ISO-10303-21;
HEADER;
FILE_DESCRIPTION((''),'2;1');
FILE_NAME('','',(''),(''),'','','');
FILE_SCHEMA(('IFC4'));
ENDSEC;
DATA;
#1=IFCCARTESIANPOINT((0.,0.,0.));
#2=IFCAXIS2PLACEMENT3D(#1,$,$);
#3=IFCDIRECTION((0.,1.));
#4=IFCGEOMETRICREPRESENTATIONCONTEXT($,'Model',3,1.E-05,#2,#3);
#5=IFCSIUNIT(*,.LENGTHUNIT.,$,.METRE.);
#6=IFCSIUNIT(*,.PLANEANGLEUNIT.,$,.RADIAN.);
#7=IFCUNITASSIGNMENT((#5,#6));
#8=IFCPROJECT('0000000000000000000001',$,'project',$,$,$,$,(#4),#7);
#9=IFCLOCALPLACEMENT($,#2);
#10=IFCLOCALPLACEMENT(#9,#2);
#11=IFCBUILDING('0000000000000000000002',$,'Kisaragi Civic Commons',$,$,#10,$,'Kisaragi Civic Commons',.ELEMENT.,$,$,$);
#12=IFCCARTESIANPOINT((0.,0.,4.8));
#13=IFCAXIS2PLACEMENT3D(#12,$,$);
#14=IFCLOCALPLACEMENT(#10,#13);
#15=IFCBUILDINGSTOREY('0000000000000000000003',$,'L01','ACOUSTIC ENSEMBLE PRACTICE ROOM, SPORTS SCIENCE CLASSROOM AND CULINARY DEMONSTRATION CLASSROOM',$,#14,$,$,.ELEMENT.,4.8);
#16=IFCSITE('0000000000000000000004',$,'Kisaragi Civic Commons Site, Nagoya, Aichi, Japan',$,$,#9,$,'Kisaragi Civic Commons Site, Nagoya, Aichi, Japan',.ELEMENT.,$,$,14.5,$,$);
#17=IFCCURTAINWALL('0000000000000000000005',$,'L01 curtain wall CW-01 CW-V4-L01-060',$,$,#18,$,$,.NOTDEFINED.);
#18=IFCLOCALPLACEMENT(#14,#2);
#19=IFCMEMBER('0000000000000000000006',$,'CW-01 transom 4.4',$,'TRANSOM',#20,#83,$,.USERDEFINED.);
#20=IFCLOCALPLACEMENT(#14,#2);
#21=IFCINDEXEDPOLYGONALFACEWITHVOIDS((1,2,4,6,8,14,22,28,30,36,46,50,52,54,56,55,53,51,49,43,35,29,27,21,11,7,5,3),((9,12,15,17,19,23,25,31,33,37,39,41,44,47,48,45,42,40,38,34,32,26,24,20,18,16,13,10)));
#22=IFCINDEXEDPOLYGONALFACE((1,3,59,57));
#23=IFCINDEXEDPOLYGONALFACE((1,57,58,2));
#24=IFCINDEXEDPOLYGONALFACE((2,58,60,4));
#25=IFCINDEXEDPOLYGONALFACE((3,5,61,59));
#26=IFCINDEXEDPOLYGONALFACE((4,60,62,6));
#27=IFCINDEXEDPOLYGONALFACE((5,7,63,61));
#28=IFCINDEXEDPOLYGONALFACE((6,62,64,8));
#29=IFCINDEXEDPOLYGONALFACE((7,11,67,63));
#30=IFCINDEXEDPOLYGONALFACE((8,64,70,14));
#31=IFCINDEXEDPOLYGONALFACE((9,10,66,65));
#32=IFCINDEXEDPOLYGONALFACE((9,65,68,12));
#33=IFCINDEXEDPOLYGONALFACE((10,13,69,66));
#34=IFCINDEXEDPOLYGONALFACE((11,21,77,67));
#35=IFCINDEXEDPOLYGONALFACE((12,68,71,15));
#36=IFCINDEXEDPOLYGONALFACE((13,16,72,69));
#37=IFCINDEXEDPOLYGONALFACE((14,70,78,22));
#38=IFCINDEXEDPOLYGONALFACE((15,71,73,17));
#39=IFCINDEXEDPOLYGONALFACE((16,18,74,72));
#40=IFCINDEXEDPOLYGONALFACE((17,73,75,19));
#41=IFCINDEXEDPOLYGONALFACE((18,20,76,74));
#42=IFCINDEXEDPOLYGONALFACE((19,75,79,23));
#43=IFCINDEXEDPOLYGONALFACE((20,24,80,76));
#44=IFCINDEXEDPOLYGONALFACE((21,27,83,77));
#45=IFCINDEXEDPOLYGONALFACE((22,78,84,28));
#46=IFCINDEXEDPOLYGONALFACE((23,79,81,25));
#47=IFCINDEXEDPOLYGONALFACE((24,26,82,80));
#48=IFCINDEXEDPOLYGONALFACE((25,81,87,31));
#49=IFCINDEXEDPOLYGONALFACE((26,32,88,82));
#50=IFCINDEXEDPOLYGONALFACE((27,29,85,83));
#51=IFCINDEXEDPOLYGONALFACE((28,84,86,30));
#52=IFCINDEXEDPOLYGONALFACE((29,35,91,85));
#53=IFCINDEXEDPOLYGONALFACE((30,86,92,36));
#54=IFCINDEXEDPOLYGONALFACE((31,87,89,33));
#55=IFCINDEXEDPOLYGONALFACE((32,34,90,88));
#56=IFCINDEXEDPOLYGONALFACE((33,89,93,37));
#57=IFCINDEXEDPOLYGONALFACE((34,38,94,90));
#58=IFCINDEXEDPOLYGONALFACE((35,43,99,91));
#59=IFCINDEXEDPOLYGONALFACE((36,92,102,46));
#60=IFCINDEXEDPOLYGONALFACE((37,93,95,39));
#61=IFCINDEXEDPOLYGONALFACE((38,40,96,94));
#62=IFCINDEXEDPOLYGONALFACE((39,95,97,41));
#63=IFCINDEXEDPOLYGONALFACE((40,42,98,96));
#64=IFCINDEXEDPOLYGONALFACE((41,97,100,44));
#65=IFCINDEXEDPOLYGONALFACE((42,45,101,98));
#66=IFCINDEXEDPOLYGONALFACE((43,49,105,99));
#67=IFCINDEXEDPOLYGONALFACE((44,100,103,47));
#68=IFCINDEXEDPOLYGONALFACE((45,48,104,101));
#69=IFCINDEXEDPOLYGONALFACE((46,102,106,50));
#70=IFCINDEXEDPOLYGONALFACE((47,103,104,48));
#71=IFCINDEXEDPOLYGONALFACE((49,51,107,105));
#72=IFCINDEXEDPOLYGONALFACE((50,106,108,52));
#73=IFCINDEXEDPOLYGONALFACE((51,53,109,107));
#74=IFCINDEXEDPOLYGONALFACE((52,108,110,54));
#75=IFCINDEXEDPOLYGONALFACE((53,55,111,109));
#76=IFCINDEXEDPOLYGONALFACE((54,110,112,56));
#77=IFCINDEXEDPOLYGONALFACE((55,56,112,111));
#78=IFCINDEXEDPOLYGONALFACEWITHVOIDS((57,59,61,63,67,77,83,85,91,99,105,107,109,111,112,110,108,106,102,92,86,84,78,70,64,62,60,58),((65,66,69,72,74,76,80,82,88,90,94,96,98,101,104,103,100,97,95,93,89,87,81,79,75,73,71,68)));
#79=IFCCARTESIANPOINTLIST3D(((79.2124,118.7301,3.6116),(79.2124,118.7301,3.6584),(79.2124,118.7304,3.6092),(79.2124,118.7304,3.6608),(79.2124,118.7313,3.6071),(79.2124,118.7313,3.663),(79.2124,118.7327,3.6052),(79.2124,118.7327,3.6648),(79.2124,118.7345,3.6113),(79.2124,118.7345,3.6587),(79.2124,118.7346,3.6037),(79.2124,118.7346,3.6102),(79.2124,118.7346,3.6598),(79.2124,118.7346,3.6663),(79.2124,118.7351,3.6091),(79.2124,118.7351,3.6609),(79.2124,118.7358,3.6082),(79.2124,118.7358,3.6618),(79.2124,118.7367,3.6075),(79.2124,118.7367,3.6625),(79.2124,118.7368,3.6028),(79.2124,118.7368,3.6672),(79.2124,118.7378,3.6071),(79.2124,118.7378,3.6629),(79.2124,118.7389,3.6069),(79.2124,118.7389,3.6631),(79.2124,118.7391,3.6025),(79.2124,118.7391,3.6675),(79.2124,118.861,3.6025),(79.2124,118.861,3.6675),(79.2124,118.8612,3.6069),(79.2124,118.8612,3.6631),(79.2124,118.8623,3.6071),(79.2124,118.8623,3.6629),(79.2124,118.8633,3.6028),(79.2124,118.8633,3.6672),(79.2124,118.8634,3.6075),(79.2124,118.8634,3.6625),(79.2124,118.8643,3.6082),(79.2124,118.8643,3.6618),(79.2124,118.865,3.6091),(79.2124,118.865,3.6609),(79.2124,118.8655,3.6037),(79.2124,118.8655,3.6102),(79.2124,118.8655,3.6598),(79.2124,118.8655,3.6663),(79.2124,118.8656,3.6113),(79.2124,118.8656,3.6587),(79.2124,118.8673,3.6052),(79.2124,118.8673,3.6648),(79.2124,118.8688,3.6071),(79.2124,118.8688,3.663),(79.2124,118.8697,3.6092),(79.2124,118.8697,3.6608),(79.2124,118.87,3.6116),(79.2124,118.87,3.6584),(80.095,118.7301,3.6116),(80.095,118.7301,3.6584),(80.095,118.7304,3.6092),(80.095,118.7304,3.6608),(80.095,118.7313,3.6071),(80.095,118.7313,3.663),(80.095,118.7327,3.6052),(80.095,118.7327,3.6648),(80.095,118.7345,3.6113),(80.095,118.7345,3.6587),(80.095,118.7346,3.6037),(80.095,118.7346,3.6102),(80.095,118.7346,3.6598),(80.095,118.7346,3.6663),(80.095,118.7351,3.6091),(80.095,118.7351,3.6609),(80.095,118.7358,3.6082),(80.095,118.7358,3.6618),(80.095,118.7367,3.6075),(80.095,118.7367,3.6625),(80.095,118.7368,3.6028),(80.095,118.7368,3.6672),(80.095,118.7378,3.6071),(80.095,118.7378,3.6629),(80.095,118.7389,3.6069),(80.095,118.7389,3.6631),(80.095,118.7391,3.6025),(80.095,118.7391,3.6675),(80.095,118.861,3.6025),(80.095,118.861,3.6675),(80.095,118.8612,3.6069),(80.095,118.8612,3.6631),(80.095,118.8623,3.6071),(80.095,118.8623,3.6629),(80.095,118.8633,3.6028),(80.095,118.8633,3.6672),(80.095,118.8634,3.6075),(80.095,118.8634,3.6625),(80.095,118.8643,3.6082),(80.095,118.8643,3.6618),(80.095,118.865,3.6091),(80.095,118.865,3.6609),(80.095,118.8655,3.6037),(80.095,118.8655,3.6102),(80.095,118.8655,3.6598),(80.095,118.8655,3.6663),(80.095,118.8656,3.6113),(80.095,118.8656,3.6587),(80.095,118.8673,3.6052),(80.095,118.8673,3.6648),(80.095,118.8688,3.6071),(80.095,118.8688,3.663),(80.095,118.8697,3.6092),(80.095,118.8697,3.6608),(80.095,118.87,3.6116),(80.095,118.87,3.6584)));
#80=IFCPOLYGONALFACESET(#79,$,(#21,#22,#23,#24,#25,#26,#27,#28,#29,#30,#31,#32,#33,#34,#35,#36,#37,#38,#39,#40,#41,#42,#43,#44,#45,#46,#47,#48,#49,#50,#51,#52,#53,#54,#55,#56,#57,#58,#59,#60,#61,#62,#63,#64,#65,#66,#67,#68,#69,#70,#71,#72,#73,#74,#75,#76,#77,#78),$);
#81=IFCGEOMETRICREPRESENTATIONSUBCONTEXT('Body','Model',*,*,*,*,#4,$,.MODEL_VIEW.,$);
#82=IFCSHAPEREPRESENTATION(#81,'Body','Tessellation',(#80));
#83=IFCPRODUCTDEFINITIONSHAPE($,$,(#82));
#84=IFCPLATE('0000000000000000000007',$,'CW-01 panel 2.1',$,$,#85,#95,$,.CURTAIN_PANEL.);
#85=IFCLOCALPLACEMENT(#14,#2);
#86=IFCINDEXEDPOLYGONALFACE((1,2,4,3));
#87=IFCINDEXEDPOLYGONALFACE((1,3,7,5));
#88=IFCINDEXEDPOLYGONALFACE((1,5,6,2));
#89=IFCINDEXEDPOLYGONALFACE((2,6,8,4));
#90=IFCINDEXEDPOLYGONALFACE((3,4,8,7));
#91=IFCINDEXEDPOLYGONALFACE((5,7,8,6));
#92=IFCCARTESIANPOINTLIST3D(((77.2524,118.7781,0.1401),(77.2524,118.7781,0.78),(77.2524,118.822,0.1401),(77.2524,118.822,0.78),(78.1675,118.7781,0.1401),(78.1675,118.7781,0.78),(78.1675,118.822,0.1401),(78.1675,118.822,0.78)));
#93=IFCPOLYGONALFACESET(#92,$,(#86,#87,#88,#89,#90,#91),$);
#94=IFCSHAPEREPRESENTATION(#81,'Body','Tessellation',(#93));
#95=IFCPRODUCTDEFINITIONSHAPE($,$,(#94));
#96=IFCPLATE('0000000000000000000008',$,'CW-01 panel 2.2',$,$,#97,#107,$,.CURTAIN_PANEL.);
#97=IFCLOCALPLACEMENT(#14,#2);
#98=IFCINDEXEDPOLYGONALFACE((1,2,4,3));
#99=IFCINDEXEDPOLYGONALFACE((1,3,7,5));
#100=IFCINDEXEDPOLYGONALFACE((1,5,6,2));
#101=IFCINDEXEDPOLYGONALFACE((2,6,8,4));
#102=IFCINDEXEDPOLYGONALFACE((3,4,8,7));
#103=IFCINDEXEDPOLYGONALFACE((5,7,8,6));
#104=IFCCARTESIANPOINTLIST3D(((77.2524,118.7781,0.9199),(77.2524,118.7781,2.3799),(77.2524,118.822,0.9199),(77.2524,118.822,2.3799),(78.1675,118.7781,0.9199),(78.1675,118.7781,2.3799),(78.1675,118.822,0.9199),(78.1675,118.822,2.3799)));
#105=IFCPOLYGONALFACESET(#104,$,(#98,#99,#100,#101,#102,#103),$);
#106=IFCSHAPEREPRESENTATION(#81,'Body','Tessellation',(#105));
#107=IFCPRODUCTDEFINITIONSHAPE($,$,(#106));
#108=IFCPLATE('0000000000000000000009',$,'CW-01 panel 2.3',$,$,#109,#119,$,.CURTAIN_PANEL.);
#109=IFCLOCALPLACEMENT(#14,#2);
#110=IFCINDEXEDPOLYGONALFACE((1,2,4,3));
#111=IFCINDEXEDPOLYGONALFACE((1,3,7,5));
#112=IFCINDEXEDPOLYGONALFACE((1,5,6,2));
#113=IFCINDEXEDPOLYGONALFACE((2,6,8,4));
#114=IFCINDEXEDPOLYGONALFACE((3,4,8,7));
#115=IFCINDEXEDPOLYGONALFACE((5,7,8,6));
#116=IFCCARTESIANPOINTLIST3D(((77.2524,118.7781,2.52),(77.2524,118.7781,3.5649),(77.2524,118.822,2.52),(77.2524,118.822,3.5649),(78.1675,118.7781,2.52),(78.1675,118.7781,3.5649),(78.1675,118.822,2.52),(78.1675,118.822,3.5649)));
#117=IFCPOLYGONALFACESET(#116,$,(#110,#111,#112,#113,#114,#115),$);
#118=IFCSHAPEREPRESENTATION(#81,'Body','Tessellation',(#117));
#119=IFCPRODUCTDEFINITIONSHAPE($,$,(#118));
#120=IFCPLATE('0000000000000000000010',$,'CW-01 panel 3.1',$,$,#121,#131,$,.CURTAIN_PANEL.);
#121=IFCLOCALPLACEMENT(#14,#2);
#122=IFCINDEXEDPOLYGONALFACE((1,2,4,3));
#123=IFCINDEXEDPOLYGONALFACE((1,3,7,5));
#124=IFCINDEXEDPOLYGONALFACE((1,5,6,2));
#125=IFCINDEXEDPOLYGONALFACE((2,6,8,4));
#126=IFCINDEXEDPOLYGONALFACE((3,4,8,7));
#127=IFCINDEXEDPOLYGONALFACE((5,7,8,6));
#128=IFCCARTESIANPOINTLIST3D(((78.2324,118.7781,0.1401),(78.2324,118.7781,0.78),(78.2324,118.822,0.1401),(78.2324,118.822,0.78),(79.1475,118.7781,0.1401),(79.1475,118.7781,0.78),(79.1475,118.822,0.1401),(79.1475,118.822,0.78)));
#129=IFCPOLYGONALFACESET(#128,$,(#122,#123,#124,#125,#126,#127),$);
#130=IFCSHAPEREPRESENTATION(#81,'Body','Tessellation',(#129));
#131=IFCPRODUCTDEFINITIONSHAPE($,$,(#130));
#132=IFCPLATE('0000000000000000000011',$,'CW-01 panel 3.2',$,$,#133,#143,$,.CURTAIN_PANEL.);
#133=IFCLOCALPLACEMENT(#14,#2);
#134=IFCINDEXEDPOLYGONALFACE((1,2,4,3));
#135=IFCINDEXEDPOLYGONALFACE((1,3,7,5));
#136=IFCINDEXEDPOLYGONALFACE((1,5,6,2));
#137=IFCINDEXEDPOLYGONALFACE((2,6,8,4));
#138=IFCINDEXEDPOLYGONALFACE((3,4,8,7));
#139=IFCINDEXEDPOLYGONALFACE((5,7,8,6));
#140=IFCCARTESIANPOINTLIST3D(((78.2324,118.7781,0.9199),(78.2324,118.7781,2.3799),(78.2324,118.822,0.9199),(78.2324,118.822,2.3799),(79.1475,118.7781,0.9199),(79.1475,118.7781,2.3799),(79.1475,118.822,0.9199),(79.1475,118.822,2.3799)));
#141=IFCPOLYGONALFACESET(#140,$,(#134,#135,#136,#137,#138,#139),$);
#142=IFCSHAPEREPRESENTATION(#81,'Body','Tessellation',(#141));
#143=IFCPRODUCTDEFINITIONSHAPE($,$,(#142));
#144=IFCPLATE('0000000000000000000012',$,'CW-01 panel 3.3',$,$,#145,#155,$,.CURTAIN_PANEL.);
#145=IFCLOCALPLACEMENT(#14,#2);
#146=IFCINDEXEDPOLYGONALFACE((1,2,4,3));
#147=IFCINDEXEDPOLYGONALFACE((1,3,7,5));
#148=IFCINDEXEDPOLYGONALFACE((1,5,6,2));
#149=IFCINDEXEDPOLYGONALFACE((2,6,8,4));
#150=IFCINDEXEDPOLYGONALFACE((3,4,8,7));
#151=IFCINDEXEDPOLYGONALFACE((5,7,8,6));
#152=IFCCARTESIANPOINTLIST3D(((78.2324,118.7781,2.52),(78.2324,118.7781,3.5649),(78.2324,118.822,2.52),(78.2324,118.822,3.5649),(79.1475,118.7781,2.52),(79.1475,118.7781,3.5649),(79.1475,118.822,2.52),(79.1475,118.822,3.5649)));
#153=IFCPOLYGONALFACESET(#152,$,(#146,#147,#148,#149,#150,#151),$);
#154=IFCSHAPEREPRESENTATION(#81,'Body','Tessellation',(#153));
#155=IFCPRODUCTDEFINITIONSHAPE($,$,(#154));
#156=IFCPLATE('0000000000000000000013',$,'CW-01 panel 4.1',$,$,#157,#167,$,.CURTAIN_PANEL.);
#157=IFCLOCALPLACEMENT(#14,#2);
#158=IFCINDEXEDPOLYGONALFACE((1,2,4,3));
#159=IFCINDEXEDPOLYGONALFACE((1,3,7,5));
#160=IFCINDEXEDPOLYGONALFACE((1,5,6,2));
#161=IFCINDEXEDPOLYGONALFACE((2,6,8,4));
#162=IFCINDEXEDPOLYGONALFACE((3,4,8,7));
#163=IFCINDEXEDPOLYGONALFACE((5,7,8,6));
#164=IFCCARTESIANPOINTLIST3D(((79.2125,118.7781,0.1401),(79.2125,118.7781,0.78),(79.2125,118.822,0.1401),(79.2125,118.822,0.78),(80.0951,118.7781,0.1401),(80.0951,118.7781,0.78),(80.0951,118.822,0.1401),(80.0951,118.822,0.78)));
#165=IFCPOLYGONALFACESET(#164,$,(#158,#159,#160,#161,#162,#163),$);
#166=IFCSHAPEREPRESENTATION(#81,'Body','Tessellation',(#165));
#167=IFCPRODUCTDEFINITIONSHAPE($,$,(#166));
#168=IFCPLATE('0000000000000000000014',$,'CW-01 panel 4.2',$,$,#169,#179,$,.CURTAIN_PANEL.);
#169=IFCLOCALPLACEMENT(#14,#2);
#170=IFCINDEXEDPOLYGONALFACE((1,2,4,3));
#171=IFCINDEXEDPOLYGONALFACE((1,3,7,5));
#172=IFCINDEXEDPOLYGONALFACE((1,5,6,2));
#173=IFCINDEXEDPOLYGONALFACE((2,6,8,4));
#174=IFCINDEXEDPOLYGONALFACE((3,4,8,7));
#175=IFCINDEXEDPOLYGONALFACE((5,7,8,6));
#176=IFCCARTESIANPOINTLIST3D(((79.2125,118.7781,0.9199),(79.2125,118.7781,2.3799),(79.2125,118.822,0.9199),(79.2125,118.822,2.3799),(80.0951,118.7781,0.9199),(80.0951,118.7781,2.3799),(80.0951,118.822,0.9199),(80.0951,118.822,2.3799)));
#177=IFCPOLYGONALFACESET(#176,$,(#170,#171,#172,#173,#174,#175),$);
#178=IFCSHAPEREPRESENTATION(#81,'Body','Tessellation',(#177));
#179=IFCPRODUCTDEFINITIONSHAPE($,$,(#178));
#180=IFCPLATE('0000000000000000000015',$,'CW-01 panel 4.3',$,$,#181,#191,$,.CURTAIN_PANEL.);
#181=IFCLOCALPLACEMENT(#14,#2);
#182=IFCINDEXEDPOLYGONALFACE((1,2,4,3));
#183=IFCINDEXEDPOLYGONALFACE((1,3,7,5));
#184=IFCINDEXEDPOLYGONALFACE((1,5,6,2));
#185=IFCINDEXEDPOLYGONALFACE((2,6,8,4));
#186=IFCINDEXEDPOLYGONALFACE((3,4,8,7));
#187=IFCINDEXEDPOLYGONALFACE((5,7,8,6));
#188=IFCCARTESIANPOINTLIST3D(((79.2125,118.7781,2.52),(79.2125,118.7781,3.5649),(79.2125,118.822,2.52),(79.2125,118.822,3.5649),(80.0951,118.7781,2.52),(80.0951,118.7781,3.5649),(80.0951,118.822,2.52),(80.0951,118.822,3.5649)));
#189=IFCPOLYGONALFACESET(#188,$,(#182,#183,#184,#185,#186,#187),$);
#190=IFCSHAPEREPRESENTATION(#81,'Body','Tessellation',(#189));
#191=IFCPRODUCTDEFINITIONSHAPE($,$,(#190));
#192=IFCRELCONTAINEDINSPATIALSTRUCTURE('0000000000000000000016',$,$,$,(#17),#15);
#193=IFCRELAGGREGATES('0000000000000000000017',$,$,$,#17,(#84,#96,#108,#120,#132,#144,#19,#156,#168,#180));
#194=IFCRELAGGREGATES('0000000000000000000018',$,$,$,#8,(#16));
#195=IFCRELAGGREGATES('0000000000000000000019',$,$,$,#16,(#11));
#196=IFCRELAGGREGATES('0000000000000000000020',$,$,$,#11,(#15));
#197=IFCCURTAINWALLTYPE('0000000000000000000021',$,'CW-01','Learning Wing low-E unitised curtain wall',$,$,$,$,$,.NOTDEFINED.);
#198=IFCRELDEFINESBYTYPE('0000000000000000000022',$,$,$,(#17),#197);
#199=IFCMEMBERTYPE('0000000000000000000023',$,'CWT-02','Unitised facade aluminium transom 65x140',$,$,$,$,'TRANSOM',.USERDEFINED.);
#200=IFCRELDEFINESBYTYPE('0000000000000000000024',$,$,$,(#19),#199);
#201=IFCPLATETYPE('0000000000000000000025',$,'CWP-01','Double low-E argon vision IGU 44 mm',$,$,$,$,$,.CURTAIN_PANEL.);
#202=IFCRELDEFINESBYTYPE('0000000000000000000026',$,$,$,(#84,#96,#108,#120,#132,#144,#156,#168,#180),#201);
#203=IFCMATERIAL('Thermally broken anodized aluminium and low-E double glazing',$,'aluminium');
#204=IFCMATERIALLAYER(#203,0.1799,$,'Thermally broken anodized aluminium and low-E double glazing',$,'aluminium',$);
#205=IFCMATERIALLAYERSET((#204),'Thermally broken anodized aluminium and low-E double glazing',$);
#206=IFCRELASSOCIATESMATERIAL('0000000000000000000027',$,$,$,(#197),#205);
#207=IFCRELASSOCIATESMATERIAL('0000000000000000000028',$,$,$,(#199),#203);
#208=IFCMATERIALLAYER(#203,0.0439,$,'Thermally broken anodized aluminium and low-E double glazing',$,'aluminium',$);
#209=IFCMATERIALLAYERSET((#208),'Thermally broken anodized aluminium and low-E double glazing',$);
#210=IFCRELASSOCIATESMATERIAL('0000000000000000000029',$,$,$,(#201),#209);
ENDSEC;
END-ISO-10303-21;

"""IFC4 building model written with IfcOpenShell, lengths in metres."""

from ifc_helpers import new_model, si_unit, direction, frame, origin, origin_2d, place, context, subcontext, project, spatial, rectangle, hollow_rectangle, extrude, material, layer, layer_set, material_profile, profile_set, type_object, element, aggregate, save


model = new_model("IFC4")

# Units and contexts
model_context = context("Model", 3, precision=1e-05, world=origin(), true_north=direction((0.0, 1.0)))
body_context = subcontext(model_context, "Body", "Model", "MODEL_VIEW")
ifc_project = project(units=[si_unit("LENGTHUNIT", "METRE"), si_unit("PLANEANGLEUNIT", "RADIAN")], contexts=[model_context])

# Site, building, storey
site_placement = place(None, origin())
site = spatial("IfcSite", under=ifc_project, at=site_placement, Name="Kisaragi Civic Commons Site, Nagoya, Aichi, Japan", LongName="Kisaragi Civic Commons Site, Nagoya, Aichi, Japan", CompositionType="ELEMENT", RefElevation=14.5)
building_placement = place(site_placement, origin())
building = spatial("IfcBuilding", under=site, at=building_placement, Name="Kisaragi Civic Commons", LongName="Kisaragi Civic Commons", CompositionType="ELEMENT")
storey_placement = place(building_placement, frame((0.0, 0.0, 4.8)))
storey = spatial("IfcBuildingStorey", under=building, at=storey_placement, Name="L01", Description="ACOUSTIC ENSEMBLE PRACTICE ROOM, SPORTS SCIENCE CLASSROOM AND CULINARY DEMONSTRATION CLASSROOM", CompositionType="ELEMENT", Elevation=4.8)

# Curtain wall, member, plates
ifc_material_1 = material(Name="Thermally broken anodized aluminium and low-E double glazing", Category="aluminium")
ifc_layer_1 = layer(ifc_material_1, 0.1799, Name="Thermally broken anodized aluminium and low-E double glazing", Category="aluminium")
ifc_layer_set_1 = layer_set([ifc_layer_1], Name="Thermally broken anodized aluminium and low-E double glazing")
curtain_wall_type = type_object("IfcCurtainWallType", Name="CW-01", Description="Learning Wing low-E unitised curtain wall", PredefinedType="NOTDEFINED", material=ifc_layer_set_1)
curtain_wall_placement = place(storey_placement, origin())
curtain_wall = element("IfcCurtainWall", 1, at=curtain_wall_placement, inside=storey, type_object=curtain_wall_type, Name="L01 curtain wall CW-01 CW-V4-L01-060", PredefinedType="NOTDEFINED")
ifc_material_profile_1 = material_profile(ifc_material_1, hollow_rectangle(XDim=0.1399, YDim=0.0649, WallThickness=0.0044, InnerFilletRadius=0.0044, OuterFilletRadius=0.009, at=origin_2d()), Name="CWT-65x140x4.5", Category="aluminium")
ifc_profile_set_1 = profile_set([ifc_material_profile_1], Name="Thermally broken anodized aluminium and low-E double glazing")
member_type_1 = type_object("IfcMemberType", Name="CWT-02", Description="Unitised facade aluminium transom 65x140", ElementType="TRANSOM", PredefinedType="USERDEFINED", material=ifc_profile_set_1)
member_1_placement = place(storey_placement, frame((79.2124, 118.8, 3.635), z_axis=(1.0, 0.0, 0.0), x_axis=(0.0, 1.0, 0.0)))
member_1 = element("IfcMember", 2, at=member_1_placement, type_object=member_type_1, Name="CW-01 transom 4.4", ObjectType="TRANSOM", PredefinedType="USERDEFINED", context=body_context, shape_type="SweptSolid", body=[
    extrude(hollow_rectangle(XDim=0.1399, YDim=0.0649, WallThickness=0.0044, InnerFilletRadius=0.0044, OuterFilletRadius=0.009, at=origin_2d()), origin(), (0.0, 0.0, 1.0), 0.8826),
])
ifc_layer_2 = layer(ifc_material_1, 0.0439, Name="Thermally broken anodized aluminium and low-E double glazing", Category="aluminium")
ifc_layer_set_2 = layer_set([ifc_layer_2], Name="Thermally broken anodized aluminium and low-E double glazing")
plate_type = type_object("IfcPlateType", Name="CWP-01", Description="Double low-E argon vision IGU 44 mm", PredefinedType="CURTAIN_PANEL", material=ifc_layer_set_2)
plate_1_placement = place(storey_placement, frame((77.71, 118.8, 0.1401), z_axis=(0.0, 0.0, 1.0), x_axis=(1.0, 0.0, 0.0)))
plate_1 = element("IfcPlate", 3, at=plate_1_placement, type_object=plate_type, Name="CW-01 panel 2.1", PredefinedType="CURTAIN_PANEL", context=body_context, shape_type="SweptSolid", body=[
    extrude(rectangle(XDim=0.915, YDim=0.0439, at=origin_2d()), origin(), (0.0, 0.0, 1.0), 0.6399),
])
plate_2_placement = place(storey_placement, frame((77.71, 118.8, 0.9199), z_axis=(0.0, 0.0, 1.0), x_axis=(1.0, 0.0, 0.0)))
plate_2 = element("IfcPlate", 4, at=plate_2_placement, type_object=plate_type, Name="CW-01 panel 2.2", PredefinedType="CURTAIN_PANEL", context=body_context, shape_type="SweptSolid", body=[
    extrude(rectangle(XDim=0.915, YDim=0.0439, at=origin_2d()), origin(), (0.0, 0.0, 1.0), 1.46),
])
plate_3_placement = place(storey_placement, frame((77.71, 118.8, 2.52), z_axis=(0.0, 0.0, 1.0), x_axis=(1.0, 0.0, 0.0)))
plate_3 = element("IfcPlate", 5, at=plate_3_placement, type_object=plate_type, Name="CW-01 panel 2.3", PredefinedType="CURTAIN_PANEL", context=body_context, shape_type="SweptSolid", body=[
    extrude(rectangle(XDim=0.915, YDim=0.0439, at=origin_2d()), origin(), (0.0, 0.0, 1.0), 1.0449),
])
plate_4_placement = place(storey_placement, frame((78.6899, 118.8, 0.1401), z_axis=(0.0, 0.0, 1.0), x_axis=(1.0, 0.0, 0.0)))
plate_4 = element("IfcPlate", 6, at=plate_4_placement, type_object=plate_type, Name="CW-01 panel 3.1", PredefinedType="CURTAIN_PANEL", context=body_context, shape_type="SweptSolid", body=[
    extrude(rectangle(XDim=0.915, YDim=0.0439, at=origin_2d()), origin(), (0.0, 0.0, 1.0), 0.6399),
])
plate_5_placement = place(storey_placement, frame((78.6899, 118.8, 0.9199), z_axis=(0.0, 0.0, 1.0), x_axis=(1.0, 0.0, 0.0)))
plate_5 = element("IfcPlate", 7, at=plate_5_placement, type_object=plate_type, Name="CW-01 panel 3.2", PredefinedType="CURTAIN_PANEL", context=body_context, shape_type="SweptSolid", body=[
    extrude(rectangle(XDim=0.915, YDim=0.0439, at=origin_2d()), origin(), (0.0, 0.0, 1.0), 1.46),
])
plate_6_placement = place(storey_placement, frame((78.6899, 118.8, 2.52), z_axis=(0.0, 0.0, 1.0), x_axis=(1.0, 0.0, 0.0)))
plate_6 = element("IfcPlate", 8, at=plate_6_placement, type_object=plate_type, Name="CW-01 panel 3.3", PredefinedType="CURTAIN_PANEL", context=body_context, shape_type="SweptSolid", body=[
    extrude(rectangle(XDim=0.915, YDim=0.0439, at=origin_2d()), origin(), (0.0, 0.0, 1.0), 1.0449),
])
plate_7_placement = place(storey_placement, frame((79.6538, 118.8, 0.1401), z_axis=(0.0, 0.0, 1.0), x_axis=(1.0, 0.0, 0.0)))
plate_7 = element("IfcPlate", 9, at=plate_7_placement, type_object=plate_type, Name="CW-01 panel 4.1", PredefinedType="CURTAIN_PANEL", context=body_context, shape_type="SweptSolid", body=[
    extrude(rectangle(XDim=0.8826, YDim=0.0439, at=origin_2d()), origin(), (0.0, 0.0, 1.0), 0.6399),
])
plate_8_placement = place(storey_placement, frame((79.6538, 118.8, 0.9199), z_axis=(0.0, 0.0, 1.0), x_axis=(1.0, 0.0, 0.0)))
plate_8 = element("IfcPlate", 10, at=plate_8_placement, type_object=plate_type, Name="CW-01 panel 4.2", PredefinedType="CURTAIN_PANEL", context=body_context, shape_type="SweptSolid", body=[
    extrude(rectangle(XDim=0.8826, YDim=0.0439, at=origin_2d()), origin(), (0.0, 0.0, 1.0), 1.46),
])
plate_9_placement = place(storey_placement, frame((79.6538, 118.8, 2.52), z_axis=(0.0, 0.0, 1.0), x_axis=(1.0, 0.0, 0.0)))
plate_9 = element("IfcPlate", 11, at=plate_9_placement, type_object=plate_type, Name="CW-01 panel 4.3", PredefinedType="CURTAIN_PANEL", context=body_context, shape_type="SweptSolid", body=[
    extrude(rectangle(XDim=0.8826, YDim=0.0439, at=origin_2d()), origin(), (0.0, 0.0, 1.0), 1.0449),
])
aggregate(curtain_wall, [plate_1, plate_2, plate_3, plate_4, plate_5, plate_6, member_1, plate_7, plate_8, plate_9])

save(model, "model.ifc")
